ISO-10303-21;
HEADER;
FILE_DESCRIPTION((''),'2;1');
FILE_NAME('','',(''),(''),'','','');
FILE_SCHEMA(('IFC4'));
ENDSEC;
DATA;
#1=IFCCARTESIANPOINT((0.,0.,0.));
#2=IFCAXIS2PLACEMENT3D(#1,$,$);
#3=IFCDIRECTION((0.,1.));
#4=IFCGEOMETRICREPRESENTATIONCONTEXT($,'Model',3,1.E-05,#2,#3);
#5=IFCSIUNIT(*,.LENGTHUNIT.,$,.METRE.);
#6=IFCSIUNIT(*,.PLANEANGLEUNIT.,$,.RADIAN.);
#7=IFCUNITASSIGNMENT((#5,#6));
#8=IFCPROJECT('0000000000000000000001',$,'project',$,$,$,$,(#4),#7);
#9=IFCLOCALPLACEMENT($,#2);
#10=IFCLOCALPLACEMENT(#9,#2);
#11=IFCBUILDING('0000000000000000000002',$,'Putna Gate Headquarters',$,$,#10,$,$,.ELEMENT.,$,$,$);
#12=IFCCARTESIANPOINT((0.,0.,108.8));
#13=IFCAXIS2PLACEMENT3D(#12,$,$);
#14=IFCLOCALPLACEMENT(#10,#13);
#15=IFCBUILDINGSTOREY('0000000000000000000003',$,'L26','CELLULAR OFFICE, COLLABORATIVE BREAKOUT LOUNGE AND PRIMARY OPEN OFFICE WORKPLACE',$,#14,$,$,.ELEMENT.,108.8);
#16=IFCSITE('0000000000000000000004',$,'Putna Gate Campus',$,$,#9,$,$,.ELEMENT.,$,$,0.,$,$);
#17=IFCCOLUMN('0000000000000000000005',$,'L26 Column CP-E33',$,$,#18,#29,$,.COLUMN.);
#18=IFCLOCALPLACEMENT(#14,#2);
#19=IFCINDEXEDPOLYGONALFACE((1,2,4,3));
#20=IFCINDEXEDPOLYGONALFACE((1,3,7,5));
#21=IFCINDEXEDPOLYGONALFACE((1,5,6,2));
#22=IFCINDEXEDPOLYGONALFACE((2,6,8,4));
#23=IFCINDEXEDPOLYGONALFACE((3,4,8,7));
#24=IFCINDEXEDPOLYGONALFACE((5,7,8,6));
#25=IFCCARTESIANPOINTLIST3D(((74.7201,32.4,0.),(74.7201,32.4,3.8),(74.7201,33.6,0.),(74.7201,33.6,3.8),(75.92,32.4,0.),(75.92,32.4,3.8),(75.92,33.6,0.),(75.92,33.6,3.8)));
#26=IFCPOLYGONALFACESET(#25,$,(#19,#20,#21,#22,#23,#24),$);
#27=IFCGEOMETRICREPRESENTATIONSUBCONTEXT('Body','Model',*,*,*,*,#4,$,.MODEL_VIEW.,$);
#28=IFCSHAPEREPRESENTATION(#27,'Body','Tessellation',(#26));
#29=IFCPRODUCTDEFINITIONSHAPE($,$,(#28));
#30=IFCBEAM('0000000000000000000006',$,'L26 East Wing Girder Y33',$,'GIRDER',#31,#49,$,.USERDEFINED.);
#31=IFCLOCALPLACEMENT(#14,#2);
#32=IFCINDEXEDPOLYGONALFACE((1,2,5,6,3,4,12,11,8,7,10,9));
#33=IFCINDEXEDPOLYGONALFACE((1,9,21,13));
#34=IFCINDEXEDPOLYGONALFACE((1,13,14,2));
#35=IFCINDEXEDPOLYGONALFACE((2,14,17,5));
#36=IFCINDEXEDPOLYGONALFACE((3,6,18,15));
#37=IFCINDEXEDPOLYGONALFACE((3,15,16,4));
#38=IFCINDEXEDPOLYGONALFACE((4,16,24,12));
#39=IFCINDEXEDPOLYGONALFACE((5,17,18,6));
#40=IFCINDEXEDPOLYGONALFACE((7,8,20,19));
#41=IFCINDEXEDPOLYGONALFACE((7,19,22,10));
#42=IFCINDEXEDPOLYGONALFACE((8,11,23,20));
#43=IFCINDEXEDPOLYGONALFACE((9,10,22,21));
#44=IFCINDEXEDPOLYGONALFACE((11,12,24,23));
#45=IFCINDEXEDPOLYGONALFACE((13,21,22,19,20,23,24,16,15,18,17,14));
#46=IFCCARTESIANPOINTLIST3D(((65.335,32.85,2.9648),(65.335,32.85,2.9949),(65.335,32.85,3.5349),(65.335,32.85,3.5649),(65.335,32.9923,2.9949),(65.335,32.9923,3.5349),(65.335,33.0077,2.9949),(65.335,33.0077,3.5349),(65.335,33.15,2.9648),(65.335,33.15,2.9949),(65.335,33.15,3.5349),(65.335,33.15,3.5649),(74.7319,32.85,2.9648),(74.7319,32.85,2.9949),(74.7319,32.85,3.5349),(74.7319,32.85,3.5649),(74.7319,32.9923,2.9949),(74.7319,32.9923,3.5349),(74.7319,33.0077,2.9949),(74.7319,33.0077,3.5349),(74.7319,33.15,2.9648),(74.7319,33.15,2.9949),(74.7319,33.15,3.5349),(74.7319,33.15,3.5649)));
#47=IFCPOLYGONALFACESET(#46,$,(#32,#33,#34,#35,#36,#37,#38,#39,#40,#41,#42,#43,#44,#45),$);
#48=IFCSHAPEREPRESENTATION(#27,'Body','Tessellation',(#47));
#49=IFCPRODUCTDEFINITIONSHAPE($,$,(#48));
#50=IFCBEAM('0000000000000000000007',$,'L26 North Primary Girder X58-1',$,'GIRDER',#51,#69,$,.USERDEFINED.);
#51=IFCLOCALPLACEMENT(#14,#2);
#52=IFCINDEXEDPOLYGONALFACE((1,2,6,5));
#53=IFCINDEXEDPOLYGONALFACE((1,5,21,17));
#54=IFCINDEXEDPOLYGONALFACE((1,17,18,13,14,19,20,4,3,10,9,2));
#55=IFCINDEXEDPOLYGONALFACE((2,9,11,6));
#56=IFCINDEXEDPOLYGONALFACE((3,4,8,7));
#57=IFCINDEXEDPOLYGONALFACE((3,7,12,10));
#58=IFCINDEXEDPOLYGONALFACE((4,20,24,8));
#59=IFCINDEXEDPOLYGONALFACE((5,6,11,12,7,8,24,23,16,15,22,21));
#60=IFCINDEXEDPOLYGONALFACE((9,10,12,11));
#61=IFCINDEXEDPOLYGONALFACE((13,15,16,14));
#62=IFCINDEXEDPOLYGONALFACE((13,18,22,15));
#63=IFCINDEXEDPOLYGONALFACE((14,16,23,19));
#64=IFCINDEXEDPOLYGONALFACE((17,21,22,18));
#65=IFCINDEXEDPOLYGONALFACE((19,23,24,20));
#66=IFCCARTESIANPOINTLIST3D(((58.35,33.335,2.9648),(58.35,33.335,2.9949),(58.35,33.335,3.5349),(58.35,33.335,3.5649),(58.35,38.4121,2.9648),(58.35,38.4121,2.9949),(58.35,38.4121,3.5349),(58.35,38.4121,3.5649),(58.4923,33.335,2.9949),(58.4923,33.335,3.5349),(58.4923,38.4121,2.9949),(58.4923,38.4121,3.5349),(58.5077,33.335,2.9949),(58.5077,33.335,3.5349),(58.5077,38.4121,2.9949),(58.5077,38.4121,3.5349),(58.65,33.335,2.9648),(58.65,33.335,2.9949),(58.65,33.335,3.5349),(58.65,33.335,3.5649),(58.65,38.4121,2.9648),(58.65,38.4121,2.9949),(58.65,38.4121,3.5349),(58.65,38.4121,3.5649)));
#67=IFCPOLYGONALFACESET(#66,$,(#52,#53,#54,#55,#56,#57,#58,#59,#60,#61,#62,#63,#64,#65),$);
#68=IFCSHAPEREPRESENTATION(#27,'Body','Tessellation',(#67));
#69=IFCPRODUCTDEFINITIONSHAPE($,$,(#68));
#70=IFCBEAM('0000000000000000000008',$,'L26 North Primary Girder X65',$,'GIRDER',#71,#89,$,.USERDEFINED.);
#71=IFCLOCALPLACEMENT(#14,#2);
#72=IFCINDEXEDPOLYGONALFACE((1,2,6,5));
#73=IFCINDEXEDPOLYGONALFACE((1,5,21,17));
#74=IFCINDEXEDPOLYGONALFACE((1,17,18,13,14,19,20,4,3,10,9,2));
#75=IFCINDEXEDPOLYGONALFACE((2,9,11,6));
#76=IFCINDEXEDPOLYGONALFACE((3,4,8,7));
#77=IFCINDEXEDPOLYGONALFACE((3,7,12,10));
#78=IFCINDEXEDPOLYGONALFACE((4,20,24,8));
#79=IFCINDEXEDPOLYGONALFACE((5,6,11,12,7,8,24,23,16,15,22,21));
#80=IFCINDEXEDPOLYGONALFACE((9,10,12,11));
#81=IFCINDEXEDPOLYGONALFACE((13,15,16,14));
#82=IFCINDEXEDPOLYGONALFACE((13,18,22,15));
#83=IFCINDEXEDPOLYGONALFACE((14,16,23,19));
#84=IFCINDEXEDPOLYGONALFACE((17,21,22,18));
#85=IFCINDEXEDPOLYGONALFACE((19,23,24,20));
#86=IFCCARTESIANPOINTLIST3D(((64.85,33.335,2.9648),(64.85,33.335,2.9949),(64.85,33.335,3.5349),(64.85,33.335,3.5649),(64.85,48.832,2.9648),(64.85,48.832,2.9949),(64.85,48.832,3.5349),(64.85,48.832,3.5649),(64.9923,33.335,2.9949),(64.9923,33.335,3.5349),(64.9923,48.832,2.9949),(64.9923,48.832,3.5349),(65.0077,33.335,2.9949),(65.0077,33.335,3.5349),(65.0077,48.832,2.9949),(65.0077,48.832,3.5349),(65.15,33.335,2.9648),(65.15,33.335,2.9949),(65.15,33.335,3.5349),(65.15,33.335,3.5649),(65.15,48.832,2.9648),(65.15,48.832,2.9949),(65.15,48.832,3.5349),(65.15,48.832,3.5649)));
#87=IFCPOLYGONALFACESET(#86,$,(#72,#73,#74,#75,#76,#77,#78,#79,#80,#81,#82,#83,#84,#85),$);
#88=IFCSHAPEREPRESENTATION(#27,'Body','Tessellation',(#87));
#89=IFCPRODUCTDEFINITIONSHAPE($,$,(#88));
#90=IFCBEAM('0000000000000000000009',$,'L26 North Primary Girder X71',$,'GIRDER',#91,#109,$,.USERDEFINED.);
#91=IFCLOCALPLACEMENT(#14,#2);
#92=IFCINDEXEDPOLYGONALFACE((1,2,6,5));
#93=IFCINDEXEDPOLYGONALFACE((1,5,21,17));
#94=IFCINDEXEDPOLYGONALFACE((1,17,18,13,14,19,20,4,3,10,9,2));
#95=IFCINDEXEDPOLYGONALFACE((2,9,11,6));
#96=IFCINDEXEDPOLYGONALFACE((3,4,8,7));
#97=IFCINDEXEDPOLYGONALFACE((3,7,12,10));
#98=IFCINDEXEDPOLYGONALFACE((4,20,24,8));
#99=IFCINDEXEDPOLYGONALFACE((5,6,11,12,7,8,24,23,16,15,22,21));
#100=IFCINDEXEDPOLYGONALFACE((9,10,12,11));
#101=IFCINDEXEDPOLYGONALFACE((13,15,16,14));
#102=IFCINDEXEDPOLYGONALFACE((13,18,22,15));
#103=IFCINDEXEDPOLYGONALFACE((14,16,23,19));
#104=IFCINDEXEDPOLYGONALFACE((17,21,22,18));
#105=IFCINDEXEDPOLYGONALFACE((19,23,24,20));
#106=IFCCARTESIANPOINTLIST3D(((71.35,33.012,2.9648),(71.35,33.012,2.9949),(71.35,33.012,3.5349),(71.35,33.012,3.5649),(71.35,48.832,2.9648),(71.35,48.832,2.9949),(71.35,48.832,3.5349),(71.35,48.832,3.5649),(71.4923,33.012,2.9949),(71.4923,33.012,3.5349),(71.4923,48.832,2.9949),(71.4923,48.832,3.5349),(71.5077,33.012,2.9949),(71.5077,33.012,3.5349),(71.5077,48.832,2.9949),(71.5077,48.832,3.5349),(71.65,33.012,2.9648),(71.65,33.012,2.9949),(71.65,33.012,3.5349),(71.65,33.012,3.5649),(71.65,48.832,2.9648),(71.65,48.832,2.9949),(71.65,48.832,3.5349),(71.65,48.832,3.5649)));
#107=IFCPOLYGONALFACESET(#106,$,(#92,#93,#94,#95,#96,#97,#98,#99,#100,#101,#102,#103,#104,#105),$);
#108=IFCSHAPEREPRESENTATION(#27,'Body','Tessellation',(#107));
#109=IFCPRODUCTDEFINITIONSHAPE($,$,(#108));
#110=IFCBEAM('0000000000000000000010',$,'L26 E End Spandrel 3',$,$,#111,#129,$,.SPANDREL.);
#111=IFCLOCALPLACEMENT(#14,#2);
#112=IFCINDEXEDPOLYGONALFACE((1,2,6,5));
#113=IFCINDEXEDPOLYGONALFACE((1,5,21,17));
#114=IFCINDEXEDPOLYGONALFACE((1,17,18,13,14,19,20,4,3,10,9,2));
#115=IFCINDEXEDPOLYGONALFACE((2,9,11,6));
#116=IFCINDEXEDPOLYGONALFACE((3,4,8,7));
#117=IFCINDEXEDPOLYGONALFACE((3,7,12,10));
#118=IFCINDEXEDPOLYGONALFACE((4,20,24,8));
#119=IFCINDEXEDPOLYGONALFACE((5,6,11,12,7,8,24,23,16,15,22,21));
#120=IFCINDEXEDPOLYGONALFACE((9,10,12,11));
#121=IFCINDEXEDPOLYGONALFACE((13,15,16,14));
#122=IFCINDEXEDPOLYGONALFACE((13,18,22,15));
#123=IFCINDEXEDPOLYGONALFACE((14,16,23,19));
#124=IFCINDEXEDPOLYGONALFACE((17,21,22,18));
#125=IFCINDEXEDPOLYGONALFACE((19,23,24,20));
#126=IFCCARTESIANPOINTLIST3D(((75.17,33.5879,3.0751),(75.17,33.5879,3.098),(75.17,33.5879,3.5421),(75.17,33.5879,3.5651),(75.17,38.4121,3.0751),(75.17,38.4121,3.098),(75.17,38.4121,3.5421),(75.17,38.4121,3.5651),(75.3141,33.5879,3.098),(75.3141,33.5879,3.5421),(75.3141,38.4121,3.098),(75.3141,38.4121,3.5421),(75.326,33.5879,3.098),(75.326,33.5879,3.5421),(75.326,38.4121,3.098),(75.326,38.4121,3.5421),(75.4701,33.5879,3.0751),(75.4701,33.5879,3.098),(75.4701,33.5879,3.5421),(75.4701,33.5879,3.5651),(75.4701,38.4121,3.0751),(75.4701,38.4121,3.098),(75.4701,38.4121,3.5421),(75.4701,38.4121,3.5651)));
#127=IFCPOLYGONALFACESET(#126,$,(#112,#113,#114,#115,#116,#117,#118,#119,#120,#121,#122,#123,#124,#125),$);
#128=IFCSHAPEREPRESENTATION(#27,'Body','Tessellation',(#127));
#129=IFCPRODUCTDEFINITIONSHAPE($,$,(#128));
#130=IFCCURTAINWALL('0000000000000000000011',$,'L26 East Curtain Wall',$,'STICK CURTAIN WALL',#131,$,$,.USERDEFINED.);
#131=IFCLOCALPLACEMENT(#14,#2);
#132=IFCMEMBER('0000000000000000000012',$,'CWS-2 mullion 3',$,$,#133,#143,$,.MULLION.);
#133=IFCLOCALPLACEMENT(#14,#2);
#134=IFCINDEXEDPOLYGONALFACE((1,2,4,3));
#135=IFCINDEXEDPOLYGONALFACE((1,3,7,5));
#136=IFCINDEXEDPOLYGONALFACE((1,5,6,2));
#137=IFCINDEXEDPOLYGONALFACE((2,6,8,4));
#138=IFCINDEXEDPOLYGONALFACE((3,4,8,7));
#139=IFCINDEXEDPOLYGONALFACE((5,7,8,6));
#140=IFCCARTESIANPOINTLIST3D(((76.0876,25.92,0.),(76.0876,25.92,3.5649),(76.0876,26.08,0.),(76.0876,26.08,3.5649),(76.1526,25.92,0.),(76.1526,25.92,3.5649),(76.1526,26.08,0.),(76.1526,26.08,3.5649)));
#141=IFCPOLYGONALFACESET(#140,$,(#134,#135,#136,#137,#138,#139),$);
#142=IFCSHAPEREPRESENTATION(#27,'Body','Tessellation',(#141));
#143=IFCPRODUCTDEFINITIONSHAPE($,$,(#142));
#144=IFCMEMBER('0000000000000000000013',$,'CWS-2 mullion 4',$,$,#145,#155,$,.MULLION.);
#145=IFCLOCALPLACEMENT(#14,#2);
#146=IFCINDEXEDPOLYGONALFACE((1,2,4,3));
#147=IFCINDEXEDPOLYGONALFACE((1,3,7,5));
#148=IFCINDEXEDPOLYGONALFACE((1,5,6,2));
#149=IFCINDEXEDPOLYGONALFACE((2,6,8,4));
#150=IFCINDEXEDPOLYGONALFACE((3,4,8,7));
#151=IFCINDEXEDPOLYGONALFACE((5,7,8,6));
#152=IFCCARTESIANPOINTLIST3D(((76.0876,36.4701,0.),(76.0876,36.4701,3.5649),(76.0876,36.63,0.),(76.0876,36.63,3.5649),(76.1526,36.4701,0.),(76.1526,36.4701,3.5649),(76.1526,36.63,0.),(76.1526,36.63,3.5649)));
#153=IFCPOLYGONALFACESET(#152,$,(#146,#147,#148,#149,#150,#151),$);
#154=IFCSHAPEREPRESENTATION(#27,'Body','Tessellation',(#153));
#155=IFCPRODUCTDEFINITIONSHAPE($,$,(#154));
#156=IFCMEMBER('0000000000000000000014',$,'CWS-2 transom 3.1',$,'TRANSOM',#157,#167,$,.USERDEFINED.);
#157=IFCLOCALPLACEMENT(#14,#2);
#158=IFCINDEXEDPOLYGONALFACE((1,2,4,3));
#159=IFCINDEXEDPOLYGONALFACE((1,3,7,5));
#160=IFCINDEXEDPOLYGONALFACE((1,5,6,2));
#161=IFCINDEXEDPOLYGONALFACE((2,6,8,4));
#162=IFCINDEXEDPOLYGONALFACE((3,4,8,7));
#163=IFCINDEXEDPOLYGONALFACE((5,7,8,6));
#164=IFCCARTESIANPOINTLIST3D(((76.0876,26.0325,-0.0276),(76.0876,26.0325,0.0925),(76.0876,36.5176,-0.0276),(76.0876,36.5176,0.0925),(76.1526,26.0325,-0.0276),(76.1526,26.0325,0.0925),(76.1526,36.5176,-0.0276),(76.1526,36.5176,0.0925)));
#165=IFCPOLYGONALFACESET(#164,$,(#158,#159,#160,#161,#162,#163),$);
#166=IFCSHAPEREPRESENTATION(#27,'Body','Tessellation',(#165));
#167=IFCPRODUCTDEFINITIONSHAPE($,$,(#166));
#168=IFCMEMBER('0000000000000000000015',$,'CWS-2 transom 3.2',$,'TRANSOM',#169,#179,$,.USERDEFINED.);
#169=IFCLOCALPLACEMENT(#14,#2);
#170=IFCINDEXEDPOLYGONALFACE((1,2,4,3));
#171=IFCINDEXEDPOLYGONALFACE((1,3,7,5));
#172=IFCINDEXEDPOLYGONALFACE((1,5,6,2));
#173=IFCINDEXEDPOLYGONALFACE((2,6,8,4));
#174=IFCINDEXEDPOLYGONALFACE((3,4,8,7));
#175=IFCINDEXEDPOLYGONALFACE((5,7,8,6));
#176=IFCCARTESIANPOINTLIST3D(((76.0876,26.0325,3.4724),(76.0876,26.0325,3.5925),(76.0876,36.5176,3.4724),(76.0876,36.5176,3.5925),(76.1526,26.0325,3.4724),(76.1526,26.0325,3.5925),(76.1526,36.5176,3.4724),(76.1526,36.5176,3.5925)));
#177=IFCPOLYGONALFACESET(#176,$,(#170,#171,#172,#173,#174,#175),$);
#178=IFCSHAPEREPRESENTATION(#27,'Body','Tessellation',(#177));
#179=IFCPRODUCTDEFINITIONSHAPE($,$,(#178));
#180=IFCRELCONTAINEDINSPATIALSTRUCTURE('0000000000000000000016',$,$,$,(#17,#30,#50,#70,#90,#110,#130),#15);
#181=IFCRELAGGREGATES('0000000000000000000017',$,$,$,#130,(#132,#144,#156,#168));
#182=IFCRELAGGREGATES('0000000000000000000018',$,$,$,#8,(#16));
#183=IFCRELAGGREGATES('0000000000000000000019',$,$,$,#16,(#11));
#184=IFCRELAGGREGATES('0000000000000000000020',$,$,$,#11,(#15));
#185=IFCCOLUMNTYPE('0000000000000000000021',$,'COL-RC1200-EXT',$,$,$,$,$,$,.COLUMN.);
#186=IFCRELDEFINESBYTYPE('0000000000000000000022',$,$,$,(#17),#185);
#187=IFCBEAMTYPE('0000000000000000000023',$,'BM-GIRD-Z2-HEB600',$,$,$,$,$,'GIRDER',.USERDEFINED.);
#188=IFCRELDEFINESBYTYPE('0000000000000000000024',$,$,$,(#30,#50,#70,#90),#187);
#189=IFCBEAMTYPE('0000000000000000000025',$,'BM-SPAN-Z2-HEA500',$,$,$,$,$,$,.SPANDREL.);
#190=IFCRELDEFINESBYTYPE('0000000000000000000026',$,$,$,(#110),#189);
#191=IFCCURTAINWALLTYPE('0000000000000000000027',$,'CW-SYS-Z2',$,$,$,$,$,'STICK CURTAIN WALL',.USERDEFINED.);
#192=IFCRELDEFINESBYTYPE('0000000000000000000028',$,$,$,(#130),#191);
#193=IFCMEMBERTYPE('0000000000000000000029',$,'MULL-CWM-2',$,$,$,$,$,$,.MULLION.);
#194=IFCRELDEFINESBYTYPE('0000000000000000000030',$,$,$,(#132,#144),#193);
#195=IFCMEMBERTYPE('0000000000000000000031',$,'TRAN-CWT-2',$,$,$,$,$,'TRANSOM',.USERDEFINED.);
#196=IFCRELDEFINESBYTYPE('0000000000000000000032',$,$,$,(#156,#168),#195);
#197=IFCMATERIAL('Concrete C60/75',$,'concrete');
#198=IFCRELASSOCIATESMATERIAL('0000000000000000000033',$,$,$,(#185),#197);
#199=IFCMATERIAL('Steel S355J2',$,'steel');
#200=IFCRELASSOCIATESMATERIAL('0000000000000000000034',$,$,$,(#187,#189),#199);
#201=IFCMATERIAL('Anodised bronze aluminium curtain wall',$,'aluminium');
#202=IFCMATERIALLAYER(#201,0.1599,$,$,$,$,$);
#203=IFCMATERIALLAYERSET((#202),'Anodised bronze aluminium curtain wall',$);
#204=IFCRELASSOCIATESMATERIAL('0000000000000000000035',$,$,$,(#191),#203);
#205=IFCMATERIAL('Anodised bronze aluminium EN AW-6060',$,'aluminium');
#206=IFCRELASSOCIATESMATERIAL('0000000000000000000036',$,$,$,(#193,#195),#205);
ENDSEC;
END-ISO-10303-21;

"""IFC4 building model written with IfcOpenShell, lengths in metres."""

from ifc_helpers import new_model, si_unit, direction, frame, origin, origin_2d, place, context, subcontext, project, spatial, rectangle, i_section, extrude, material, layer, layer_set, material_profile, profile_set, type_object, element, aggregate, save


model = new_model("IFC4")

# Units and contexts
model_context = context("Model", 3, precision=1e-05, world=origin(), true_north=direction((0.0, 1.0)))
body_context = subcontext(model_context, "Body", "Model", "MODEL_VIEW")
ifc_project = project(units=[si_unit("LENGTHUNIT", "METRE"), si_unit("PLANEANGLEUNIT", "RADIAN")], contexts=[model_context])

# Site, building, storey
site_placement = place(None, origin())
site = spatial("IfcSite", under=ifc_project, at=site_placement, Name="Putna Gate Campus", CompositionType="ELEMENT", RefElevation=0.0)
building_placement = place(site_placement, origin())
building = spatial("IfcBuilding", under=site, at=building_placement, Name="Putna Gate Headquarters", CompositionType="ELEMENT")
storey_placement = place(building_placement, frame((0.0, 0.0, 108.8)))
storey = spatial("IfcBuildingStorey", under=building, at=storey_placement, Name="L26", Description="CELLULAR OFFICE, COLLABORATIVE BREAKOUT LOUNGE AND PRIMARY OPEN OFFICE WORKPLACE", CompositionType="ELEMENT", Elevation=108.8)

# Column
ifc_material_1 = material(Name="Concrete C60/75", Category="concrete")
ifc_material_profile_1 = material_profile(ifc_material_1, rectangle(XDim=1.2, YDim=1.2, at=origin_2d()), Name="Concrete C60/75")
ifc_profile_set_1 = profile_set([ifc_material_profile_1], Name="Concrete C60/75")
column_type = type_object("IfcColumnType", Name="COL-RC1200-EXT", PredefinedType="COLUMN", material=ifc_profile_set_1)
column_placement = place(storey_placement, frame((75.3201, 33.0, 0.0), z_axis=(0.0, 0.0, 1.0), x_axis=(1.0, 0.0, 0.0)))
element("IfcColumn", 1, at=column_placement, inside=storey, type_object=column_type, Name="L26 Column CP-E33", PredefinedType="COLUMN", context=body_context, shape_type="SweptSolid", body=[
    extrude(rectangle(XDim=1.2, YDim=1.2, at=origin_2d()), origin(), (0.0, 0.0, 1.0), 3.8),
])

# Beams
ifc_material_2 = material(Name="Steel S355J2", Category="steel")
ifc_material_profile_2 = material_profile(ifc_material_2, i_section(OverallWidth=0.3, OverallDepth=0.6001, WebThickness=0.0154, FlangeThickness=0.03, at=origin_2d()), Name="Steel S355J2")
ifc_profile_set_2 = profile_set([ifc_material_profile_2], Name="Steel S355J2")
beam_type_1 = type_object("IfcBeamType", Name="BM-GIRD-Z2-HEB600", ElementType="GIRDER", PredefinedType="USERDEFINED", material=ifc_profile_set_2)
beam_1_placement = place(storey_placement, frame((65.335, 33.0, 3.2649), z_axis=(1.0, 0.0, 0.0), x_axis=(0.0, 1.0, 0.0)))
element("IfcBeam", 2, at=beam_1_placement, inside=storey, type_object=beam_type_1, Name="L26 East Wing Girder Y33", ObjectType="GIRDER", PredefinedType="USERDEFINED", context=body_context, shape_type="SweptSolid", body=[
    extrude(i_section(OverallWidth=0.3, OverallDepth=0.6001, WebThickness=0.0154, FlangeThickness=0.03, at=origin_2d()), origin(), (0.0, 0.0, 1.0), 9.397),
])
beam_2_placement = place(storey_placement, frame((58.5, 33.335, 3.2649), z_axis=(0.0, 1.0, 0.0), x_axis=(-1.0, 0.0, 0.0)))
element("IfcBeam", 3, at=beam_2_placement, inside=storey, type_object=beam_type_1, Name="L26 North Primary Girder X58-1", ObjectType="GIRDER", PredefinedType="USERDEFINED", context=body_context, shape_type="SweptSolid", body=[
    extrude(i_section(OverallWidth=0.3, OverallDepth=0.6001, WebThickness=0.0154, FlangeThickness=0.03, at=origin_2d()), origin(), (0.0, 0.0, 1.0), 5.0771),
])
beam_3_placement = place(storey_placement, frame((65.0, 33.335, 3.2649), z_axis=(0.0, 1.0, 0.0), x_axis=(-1.0, 0.0, 0.0)))
element("IfcBeam", 4, at=beam_3_placement, inside=storey, type_object=beam_type_1, Name="L26 North Primary Girder X65", ObjectType="GIRDER", PredefinedType="USERDEFINED", context=body_context, shape_type="SweptSolid", body=[
    extrude(i_section(OverallWidth=0.3, OverallDepth=0.6001, WebThickness=0.0154, FlangeThickness=0.03, at=origin_2d()), origin(), (0.0, 0.0, 1.0), 15.4971),
])
beam_4_placement = place(storey_placement, frame((71.5, 33.012, 3.2649), z_axis=(0.0, 1.0, 0.0), x_axis=(-1.0, 0.0, 0.0)))
element("IfcBeam", 5, at=beam_4_placement, inside=storey, type_object=beam_type_1, Name="L26 North Primary Girder X71", ObjectType="GIRDER", PredefinedType="USERDEFINED", context=body_context, shape_type="SweptSolid", body=[
    extrude(i_section(OverallWidth=0.3, OverallDepth=0.6001, WebThickness=0.0154, FlangeThickness=0.03, at=origin_2d()), origin(), (0.0, 0.0, 1.0), 15.8201),
])
ifc_material_profile_3 = material_profile(ifc_material_2, i_section(OverallWidth=0.3, OverallDepth=0.49, WebThickness=0.012, FlangeThickness=0.0229, at=origin_2d()), Name="Steel S355J2")
ifc_profile_set_3 = profile_set([ifc_material_profile_3], Name="Steel S355J2")
beam_type_2 = type_object("IfcBeamType", Name="BM-SPAN-Z2-HEA500", PredefinedType="SPANDREL", material=ifc_profile_set_3)
beam_5_placement = place(storey_placement, frame((75.3201, 33.5879, 3.3201), z_axis=(0.0, 1.0, 0.0), x_axis=(-1.0, 0.0, 0.0)))
element("IfcBeam", 6, at=beam_5_placement, inside=storey, type_object=beam_type_2, Name="L26 E End Spandrel 3", PredefinedType="SPANDREL", context=body_context, shape_type="SweptSolid", body=[
    extrude(i_section(OverallWidth=0.3, OverallDepth=0.49, WebThickness=0.012, FlangeThickness=0.0229, at=origin_2d()), origin(), (0.0, 0.0, 1.0), 4.8242),
])

# Curtain wall, members
ifc_material_3 = material(Name="Anodised bronze aluminium curtain wall", Category="aluminium")
ifc_layer_1 = layer(ifc_material_3, 0.1599)
ifc_layer_set_1 = layer_set([ifc_layer_1], Name="Anodised bronze aluminium curtain wall")
curtain_wall_type = type_object("IfcCurtainWallType", Name="CW-SYS-Z2", ElementType="STICK CURTAIN WALL", PredefinedType="USERDEFINED", material=ifc_layer_set_1)
curtain_wall_placement = place(storey_placement, origin())
curtain_wall = element("IfcCurtainWall", 7, at=curtain_wall_placement, inside=storey, type_object=curtain_wall_type, Name="L26 East Curtain Wall", ObjectType="STICK CURTAIN WALL", PredefinedType="USERDEFINED")
ifc_material_4 = material(Name="Anodised bronze aluminium EN AW-6060", Category="aluminium")
ifc_material_profile_4 = material_profile(ifc_material_4, rectangle(XDim=0.0649, YDim=0.1599, at=origin_2d()), Name="Anodised bronze aluminium EN AW-6060")
ifc_profile_set_4 = profile_set([ifc_material_profile_4], Name="Anodised bronze aluminium EN AW-6060")
member_type_1 = type_object("IfcMemberType", Name="MULL-CWM-2", PredefinedType="MULLION", material=ifc_profile_set_4)
member_1_placement = place(storey_placement, frame((76.1201, 26.0, 0.0), z_axis=(0.0, 0.0, 1.0), x_axis=(-1.0, 0.0, 0.0)))
member_1 = element("IfcMember", 8, at=member_1_placement, type_object=member_type_1, Name="CWS-2 mullion 3", PredefinedType="MULLION", context=body_context, shape_type="SweptSolid", body=[
    extrude(rectangle(XDim=0.0649, YDim=0.1599, at=origin_2d()), origin(), (0.0, 0.0, 1.0), 3.5649),
])
member_2_placement = place(storey_placement, frame((76.1201, 36.55, 0.0), z_axis=(0.0, 0.0, 1.0), x_axis=(-1.0, 0.0, 0.0)))
member_2 = element("IfcMember", 9, at=member_2_placement, type_object=member_type_1, Name="CWS-2 mullion 4", PredefinedType="MULLION", context=body_context, shape_type="SweptSolid", body=[
    extrude(rectangle(XDim=0.0649, YDim=0.1599, at=origin_2d()), origin(), (0.0, 0.0, 1.0), 3.5649),
])
ifc_material_profile_5 = material_profile(ifc_material_4, rectangle(XDim=0.0649, YDim=0.1201, at=origin_2d()), Name="Anodised bronze aluminium EN AW-6060")
ifc_profile_set_5 = profile_set([ifc_material_profile_5], Name="Anodised bronze aluminium EN AW-6060")
member_type_2 = type_object("IfcMemberType", Name="TRAN-CWT-2", ElementType="TRANSOM", PredefinedType="USERDEFINED", material=ifc_profile_set_5)
member_3_placement = place(storey_placement, frame((76.1201, 26.0325, 0.0325), z_axis=(0.0, 1.0, 0.0), x_axis=(-1.0, 0.0, 0.0)))
member_3 = element("IfcMember", 10, at=member_3_placement, type_object=member_type_2, Name="CWS-2 transom 3.1", ObjectType="TRANSOM", PredefinedType="USERDEFINED", context=body_context, shape_type="SweptSolid", body=[
    extrude(rectangle(XDim=0.0649, YDim=0.1201, at=origin_2d()), origin(), (0.0, 0.0, 1.0), 10.4851),
])
member_4_placement = place(storey_placement, frame((76.1201, 26.0325, 3.5325), z_axis=(0.0, 1.0, 0.0), x_axis=(-1.0, 0.0, 0.0)))
member_4 = element("IfcMember", 11, at=member_4_placement, type_object=member_type_2, Name="CWS-2 transom 3.2", ObjectType="TRANSOM", PredefinedType="USERDEFINED", context=body_context, shape_type="SweptSolid", body=[
    extrude(rectangle(XDim=0.0649, YDim=0.1201, at=origin_2d()), origin(), (0.0, 0.0, 1.0), 10.4851),
])
aggregate(curtain_wall, [member_1, member_2, member_3, member_4])

save(model, "model.ifc")
